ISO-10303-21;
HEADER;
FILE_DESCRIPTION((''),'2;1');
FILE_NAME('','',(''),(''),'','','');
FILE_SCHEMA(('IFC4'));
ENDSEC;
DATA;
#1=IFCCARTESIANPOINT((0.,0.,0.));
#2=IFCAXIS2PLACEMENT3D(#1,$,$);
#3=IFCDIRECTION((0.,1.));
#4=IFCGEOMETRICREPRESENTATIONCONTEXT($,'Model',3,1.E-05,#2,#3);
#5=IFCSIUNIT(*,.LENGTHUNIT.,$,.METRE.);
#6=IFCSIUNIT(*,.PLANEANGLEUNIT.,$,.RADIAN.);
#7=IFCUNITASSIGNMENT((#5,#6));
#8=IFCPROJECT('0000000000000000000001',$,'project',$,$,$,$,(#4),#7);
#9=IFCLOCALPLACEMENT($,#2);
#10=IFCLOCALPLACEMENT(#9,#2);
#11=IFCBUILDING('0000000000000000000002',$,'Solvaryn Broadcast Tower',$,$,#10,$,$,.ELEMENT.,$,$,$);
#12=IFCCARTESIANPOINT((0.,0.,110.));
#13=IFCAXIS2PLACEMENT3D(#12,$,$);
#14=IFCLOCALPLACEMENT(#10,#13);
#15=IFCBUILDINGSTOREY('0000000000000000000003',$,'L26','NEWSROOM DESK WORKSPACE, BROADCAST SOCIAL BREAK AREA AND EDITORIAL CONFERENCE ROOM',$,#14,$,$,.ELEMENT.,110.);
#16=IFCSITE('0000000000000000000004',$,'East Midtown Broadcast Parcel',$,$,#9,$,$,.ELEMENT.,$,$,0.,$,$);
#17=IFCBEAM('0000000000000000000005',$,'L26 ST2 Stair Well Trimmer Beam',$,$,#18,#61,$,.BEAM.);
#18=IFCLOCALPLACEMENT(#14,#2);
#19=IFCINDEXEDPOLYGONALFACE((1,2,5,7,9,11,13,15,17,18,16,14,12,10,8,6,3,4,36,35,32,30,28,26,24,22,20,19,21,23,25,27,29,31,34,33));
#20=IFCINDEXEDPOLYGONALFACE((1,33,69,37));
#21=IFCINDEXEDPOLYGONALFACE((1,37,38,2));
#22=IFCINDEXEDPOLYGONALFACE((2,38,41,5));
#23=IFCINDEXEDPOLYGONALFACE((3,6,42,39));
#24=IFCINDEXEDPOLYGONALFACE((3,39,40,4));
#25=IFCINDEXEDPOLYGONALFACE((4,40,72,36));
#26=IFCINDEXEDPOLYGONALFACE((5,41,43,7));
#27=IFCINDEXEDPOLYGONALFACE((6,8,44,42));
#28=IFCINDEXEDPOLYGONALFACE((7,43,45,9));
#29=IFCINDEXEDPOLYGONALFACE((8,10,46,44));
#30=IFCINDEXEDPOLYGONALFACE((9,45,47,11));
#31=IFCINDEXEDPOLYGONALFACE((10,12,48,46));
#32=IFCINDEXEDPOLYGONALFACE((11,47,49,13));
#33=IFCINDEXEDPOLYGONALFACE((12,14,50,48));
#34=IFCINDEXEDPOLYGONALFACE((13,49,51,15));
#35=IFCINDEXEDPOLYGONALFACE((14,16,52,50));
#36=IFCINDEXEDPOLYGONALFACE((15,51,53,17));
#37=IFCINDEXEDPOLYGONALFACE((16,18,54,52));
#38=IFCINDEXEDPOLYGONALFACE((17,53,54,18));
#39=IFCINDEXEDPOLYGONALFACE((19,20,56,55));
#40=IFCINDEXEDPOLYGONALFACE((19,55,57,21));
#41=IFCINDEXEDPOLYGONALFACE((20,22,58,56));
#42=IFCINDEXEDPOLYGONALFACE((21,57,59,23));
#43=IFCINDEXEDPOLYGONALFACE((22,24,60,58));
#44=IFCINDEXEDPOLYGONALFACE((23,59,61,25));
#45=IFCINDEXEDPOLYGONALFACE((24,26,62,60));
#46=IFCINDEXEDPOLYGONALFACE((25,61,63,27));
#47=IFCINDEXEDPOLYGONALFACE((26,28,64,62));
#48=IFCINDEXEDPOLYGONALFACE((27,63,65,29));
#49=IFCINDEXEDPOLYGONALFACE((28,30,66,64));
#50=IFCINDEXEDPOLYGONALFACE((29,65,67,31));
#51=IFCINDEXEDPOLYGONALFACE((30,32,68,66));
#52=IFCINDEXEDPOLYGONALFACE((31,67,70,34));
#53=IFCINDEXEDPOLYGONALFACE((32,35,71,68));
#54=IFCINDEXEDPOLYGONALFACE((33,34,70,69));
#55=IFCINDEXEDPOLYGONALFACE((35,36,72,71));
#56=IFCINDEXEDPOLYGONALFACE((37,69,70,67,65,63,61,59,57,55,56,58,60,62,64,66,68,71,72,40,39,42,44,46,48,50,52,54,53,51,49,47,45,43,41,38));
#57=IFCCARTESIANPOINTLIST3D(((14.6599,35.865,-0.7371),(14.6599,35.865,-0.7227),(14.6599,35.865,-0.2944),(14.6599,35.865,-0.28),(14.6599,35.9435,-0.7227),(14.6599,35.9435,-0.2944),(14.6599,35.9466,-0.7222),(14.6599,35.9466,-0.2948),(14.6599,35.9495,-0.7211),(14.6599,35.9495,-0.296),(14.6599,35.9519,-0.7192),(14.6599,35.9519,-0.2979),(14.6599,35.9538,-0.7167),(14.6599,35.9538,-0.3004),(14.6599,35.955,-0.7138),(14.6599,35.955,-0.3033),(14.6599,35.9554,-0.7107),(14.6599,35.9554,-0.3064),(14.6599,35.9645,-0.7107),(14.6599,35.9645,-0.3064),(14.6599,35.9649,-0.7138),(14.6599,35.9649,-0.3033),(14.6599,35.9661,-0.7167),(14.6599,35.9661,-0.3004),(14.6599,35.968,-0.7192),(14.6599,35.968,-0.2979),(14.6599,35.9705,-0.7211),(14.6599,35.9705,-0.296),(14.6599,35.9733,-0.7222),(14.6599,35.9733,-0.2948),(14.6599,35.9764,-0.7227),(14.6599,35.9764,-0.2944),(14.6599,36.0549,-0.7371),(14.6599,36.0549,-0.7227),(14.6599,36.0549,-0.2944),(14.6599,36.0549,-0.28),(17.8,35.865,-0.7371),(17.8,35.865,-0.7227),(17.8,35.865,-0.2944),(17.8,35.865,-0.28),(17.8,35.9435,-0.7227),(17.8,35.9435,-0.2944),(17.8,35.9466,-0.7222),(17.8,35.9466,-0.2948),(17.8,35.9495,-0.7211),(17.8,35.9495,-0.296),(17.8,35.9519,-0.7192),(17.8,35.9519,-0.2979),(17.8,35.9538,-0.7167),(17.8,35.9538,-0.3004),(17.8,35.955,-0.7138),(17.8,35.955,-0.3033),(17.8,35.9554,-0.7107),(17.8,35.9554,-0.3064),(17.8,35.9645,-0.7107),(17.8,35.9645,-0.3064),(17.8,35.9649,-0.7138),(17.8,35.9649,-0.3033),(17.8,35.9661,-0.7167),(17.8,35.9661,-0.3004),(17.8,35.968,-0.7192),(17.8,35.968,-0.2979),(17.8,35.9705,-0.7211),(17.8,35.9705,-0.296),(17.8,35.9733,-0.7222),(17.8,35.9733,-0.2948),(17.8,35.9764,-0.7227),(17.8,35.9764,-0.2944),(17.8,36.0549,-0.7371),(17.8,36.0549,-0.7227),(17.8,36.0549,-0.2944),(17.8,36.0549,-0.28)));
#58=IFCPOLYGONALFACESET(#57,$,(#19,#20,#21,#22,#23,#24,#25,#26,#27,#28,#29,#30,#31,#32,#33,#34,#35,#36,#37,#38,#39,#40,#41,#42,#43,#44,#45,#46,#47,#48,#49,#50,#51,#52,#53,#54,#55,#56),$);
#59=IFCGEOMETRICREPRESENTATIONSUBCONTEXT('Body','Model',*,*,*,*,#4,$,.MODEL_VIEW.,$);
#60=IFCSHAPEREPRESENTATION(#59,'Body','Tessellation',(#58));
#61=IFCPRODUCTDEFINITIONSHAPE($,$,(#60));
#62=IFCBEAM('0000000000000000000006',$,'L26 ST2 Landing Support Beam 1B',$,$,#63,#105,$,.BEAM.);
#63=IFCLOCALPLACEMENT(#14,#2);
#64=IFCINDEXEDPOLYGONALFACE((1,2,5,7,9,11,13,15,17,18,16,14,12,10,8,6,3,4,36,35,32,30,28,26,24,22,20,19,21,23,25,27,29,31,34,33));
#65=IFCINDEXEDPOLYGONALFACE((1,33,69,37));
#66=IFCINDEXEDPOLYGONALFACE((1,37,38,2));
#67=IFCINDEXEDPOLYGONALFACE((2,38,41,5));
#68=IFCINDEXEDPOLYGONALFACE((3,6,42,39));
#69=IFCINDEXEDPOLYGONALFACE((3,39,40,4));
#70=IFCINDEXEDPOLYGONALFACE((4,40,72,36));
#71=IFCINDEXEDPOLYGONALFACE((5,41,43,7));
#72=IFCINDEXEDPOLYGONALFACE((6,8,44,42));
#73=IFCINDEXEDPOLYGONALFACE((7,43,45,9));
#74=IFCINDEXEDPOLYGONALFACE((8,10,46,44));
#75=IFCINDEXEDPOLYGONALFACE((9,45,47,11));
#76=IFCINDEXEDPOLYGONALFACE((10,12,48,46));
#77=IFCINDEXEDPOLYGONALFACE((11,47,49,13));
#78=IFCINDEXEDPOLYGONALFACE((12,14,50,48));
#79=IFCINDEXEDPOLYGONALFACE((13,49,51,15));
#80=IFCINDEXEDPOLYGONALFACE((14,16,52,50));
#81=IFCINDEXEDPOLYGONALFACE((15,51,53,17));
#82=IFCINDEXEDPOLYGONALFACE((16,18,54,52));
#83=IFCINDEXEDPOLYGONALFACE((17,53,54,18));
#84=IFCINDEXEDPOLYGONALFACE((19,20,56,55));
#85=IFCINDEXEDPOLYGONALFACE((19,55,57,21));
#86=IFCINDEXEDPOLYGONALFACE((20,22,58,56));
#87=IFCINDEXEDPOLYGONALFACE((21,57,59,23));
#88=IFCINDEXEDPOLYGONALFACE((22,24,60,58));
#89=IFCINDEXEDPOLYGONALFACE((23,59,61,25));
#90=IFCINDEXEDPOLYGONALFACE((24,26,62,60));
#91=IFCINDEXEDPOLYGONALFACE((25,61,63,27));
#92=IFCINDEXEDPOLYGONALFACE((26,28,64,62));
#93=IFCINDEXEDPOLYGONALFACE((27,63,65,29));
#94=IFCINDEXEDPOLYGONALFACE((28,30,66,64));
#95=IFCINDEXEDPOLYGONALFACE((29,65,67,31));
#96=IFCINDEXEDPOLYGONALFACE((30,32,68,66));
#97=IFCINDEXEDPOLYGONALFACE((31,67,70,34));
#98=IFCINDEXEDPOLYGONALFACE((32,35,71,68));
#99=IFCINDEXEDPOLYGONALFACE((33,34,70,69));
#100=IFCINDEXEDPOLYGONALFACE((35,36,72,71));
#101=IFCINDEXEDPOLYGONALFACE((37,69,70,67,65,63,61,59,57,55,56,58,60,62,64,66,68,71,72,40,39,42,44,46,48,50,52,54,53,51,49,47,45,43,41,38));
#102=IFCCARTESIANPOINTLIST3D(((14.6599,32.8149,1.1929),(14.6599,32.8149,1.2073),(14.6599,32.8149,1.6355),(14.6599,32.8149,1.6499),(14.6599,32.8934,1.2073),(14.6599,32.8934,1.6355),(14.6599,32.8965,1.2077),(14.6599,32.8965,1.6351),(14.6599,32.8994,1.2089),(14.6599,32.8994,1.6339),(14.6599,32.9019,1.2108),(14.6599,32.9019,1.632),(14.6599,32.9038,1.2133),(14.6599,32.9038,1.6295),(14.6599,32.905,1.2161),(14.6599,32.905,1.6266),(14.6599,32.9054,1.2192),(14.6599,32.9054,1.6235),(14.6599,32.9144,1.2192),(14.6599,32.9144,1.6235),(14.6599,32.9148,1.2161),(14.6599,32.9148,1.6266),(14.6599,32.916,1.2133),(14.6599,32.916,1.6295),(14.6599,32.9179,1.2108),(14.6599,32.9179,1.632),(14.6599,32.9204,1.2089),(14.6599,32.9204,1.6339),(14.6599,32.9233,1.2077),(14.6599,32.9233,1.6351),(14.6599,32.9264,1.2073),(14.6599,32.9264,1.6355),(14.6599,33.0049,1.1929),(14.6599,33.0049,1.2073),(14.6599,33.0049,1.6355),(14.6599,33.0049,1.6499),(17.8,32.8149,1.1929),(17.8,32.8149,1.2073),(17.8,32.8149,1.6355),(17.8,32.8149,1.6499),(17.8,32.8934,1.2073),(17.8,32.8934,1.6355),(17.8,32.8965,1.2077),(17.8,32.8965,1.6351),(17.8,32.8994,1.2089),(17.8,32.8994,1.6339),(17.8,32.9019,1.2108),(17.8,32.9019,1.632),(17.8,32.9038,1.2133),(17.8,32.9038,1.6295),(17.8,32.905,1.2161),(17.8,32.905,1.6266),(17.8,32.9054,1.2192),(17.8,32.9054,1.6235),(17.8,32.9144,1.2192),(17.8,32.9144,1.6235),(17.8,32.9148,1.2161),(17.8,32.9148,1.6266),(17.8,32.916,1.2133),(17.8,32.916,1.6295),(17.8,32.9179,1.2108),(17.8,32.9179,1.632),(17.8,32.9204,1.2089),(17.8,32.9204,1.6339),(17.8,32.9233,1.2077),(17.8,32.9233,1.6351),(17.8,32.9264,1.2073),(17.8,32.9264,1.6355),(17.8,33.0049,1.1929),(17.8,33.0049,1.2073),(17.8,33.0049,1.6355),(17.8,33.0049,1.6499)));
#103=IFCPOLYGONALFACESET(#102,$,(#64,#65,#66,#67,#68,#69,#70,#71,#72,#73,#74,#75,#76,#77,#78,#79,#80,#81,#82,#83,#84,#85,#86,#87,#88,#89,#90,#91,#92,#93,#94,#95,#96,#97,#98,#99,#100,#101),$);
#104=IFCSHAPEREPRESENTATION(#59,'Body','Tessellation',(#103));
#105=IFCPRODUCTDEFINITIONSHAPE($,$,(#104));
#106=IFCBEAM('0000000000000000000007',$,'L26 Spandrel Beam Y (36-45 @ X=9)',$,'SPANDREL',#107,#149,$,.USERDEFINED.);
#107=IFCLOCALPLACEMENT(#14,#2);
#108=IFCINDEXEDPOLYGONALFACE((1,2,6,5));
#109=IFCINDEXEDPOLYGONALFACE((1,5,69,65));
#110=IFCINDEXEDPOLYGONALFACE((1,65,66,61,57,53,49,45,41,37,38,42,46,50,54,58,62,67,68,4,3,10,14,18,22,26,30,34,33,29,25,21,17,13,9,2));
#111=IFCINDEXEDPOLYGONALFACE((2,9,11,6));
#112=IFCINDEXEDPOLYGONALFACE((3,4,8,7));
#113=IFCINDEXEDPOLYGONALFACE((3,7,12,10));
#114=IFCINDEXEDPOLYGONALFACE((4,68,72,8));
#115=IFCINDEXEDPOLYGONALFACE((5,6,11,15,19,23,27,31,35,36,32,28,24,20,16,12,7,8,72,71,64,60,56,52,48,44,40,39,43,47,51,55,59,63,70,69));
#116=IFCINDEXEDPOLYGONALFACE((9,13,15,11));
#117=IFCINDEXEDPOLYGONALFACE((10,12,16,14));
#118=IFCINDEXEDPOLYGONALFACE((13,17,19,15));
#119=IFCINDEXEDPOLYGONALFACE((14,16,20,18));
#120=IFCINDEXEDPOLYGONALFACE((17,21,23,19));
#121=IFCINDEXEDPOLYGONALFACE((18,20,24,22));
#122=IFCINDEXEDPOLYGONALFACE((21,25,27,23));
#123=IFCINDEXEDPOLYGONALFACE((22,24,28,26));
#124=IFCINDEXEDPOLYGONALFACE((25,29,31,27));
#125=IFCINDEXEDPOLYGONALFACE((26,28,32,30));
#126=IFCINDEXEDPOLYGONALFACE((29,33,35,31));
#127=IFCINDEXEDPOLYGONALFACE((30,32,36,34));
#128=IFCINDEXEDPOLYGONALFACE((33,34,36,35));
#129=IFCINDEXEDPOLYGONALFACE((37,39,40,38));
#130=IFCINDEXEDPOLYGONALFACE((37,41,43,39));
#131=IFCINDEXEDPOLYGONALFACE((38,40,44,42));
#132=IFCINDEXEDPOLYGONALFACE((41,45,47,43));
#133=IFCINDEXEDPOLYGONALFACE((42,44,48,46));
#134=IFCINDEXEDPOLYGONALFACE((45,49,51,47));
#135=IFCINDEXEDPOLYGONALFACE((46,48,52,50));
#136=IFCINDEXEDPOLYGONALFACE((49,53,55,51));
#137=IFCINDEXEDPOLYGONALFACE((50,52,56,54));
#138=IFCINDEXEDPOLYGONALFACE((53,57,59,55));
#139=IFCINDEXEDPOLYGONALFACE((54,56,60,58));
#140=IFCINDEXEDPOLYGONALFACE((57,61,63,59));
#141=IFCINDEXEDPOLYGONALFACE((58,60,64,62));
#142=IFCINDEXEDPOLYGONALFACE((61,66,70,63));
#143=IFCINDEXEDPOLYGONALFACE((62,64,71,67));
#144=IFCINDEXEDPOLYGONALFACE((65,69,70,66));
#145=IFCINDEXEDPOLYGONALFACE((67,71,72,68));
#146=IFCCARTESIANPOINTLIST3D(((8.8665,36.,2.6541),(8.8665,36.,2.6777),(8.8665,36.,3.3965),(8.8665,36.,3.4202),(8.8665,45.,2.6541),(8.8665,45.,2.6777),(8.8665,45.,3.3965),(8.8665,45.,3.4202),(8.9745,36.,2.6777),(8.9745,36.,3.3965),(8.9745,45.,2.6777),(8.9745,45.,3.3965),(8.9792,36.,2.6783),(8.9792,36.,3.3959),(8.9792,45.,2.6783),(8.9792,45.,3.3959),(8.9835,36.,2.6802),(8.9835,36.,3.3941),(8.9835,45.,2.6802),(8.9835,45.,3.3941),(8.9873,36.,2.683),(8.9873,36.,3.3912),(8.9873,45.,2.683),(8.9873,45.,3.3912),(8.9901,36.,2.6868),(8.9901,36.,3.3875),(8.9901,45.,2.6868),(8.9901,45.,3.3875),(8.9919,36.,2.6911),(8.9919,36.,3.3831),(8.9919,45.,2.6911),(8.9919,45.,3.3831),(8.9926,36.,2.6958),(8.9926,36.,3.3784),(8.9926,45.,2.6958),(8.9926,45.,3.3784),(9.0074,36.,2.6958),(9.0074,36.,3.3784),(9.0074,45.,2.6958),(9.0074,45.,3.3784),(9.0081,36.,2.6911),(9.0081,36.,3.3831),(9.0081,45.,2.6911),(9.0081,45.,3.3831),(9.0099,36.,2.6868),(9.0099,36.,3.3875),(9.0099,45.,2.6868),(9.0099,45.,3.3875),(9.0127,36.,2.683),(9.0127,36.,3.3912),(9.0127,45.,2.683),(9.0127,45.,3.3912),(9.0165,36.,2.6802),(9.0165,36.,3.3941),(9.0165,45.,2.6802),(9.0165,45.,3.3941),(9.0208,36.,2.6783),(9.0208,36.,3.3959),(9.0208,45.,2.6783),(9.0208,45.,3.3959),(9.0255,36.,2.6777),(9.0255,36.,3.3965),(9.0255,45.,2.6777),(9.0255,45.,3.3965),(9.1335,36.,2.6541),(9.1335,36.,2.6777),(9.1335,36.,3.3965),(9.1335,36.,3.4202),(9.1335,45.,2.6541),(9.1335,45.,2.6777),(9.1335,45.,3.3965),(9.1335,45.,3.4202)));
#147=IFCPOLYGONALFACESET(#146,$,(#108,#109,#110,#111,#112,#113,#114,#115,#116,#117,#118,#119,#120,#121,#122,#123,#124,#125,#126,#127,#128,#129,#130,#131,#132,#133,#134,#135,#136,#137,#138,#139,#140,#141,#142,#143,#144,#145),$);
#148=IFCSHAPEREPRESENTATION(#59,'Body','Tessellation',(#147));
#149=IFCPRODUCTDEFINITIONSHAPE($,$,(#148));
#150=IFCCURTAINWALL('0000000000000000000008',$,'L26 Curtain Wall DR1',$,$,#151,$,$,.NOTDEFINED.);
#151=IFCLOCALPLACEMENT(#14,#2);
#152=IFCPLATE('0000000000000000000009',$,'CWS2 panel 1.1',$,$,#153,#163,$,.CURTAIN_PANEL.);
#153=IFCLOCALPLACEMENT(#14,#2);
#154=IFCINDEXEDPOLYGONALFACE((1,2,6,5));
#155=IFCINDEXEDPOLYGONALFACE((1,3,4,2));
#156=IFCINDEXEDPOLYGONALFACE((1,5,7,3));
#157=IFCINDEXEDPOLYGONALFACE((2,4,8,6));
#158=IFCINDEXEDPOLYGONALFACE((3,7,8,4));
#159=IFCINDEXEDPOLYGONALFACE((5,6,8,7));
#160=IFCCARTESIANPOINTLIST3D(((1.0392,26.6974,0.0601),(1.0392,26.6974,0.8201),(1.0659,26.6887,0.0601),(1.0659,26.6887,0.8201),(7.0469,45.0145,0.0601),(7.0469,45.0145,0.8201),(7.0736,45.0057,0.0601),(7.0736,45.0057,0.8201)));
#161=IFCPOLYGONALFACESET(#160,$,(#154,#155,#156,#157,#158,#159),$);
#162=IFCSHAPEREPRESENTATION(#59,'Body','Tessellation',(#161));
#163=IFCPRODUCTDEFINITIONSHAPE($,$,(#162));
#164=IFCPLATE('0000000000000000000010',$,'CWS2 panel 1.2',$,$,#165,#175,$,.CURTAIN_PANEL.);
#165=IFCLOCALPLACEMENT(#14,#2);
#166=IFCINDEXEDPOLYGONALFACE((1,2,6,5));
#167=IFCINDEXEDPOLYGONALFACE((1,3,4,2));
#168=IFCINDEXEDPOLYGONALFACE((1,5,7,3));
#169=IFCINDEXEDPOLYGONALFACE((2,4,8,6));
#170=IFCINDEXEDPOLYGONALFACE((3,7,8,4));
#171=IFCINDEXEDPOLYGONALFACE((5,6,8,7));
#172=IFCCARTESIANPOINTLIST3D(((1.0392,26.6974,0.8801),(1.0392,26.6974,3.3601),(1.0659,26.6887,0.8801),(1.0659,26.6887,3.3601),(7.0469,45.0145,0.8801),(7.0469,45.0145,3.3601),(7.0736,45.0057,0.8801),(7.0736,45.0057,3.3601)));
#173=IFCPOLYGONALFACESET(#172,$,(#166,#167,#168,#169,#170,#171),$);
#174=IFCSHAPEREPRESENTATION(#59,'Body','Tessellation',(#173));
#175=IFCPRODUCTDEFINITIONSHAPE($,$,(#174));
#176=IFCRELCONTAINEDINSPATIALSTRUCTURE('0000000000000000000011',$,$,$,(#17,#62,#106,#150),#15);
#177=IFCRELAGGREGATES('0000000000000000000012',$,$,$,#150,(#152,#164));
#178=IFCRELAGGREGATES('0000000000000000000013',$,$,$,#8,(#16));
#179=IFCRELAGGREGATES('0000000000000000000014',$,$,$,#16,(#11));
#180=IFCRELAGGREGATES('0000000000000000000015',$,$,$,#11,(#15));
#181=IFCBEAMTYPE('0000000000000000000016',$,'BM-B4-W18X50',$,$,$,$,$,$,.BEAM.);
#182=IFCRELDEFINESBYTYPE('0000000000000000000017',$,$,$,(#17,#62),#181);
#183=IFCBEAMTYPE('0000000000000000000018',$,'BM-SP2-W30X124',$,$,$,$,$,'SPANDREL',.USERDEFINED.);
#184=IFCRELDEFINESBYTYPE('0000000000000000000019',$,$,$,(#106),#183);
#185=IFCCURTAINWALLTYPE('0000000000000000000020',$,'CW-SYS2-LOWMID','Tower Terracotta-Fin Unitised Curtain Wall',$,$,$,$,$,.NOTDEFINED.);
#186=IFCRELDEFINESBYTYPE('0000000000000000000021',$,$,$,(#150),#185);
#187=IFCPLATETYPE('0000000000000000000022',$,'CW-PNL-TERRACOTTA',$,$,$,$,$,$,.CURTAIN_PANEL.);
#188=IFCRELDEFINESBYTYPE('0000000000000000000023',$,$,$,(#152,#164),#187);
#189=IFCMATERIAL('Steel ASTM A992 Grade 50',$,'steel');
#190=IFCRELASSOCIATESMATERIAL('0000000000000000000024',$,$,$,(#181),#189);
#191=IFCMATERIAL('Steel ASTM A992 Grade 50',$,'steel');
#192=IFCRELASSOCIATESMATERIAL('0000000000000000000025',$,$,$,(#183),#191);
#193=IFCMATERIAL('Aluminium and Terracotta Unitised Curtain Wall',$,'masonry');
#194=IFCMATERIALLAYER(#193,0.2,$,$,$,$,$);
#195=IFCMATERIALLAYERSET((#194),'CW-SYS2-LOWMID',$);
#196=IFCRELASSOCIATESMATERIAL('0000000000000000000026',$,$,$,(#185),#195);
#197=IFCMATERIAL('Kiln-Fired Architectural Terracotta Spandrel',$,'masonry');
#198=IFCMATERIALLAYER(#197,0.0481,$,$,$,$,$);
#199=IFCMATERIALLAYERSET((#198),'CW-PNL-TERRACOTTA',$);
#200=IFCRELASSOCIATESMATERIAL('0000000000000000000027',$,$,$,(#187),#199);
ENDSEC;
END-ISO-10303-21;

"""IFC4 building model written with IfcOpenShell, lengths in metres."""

from ifc_helpers import new_model, si_unit, direction, frame, origin, origin_2d, place, context, subcontext, project, spatial, rectangle, i_section, extrude, material, layer, layer_set, material_profile, profile_set, type_object, element, aggregate, save


model = new_model("IFC4")

# Units and contexts
model_context = context("Model", 3, precision=1e-05, world=origin(), true_north=direction((0.0, 1.0)))
body_context = subcontext(model_context, "Body", "Model", "MODEL_VIEW")
ifc_project = project(units=[si_unit("LENGTHUNIT", "METRE"), si_unit("PLANEANGLEUNIT", "RADIAN")], contexts=[model_context])

# Site, building, storey
site_placement = place(None, origin())
site = spatial("IfcSite", under=ifc_project, at=site_placement, Name="East Midtown Broadcast Parcel", CompositionType="ELEMENT", RefElevation=0.0)
building_placement = place(site_placement, origin())
building = spatial("IfcBuilding", under=site, at=building_placement, Name="Solvaryn Broadcast Tower", CompositionType="ELEMENT")
storey_placement = place(building_placement, frame((0.0, 0.0, 110.0)))
storey = spatial("IfcBuildingStorey", under=building, at=storey_placement, Name="L26", Description="NEWSROOM DESK WORKSPACE, BROADCAST SOCIAL BREAK AREA AND EDITORIAL CONFERENCE ROOM", CompositionType="ELEMENT", Elevation=110.0)

# Beams
ifc_material_1 = material(Name="Steel ASTM A992 Grade 50", Category="steel")
ifc_material_profile_1 = material_profile(ifc_material_1, i_section(OverallWidth=0.1899, OverallDepth=0.457, WebThickness=0.009, FlangeThickness=0.0144, FilletRadius=0.012, at=origin_2d()))
ifc_profile_set_1 = profile_set([ifc_material_profile_1], Name="Steel ASTM A992 Grade 50")
beam_type_1 = type_object("IfcBeamType", Name="BM-B4-W18X50", PredefinedType="BEAM", material=ifc_profile_set_1)
for number, where, z_axis, x_axis, name in (
    (1, (14.6599, 35.96, -0.5085), (1.0, 0.0, 0.0), (0.0, 1.0, 0.0), "L26 ST2 Stair Well Trimmer Beam"),
    (2, (14.6599, 32.9099, 1.4214), (1.0, 0.0, 0.0), (0.0, 1.0, 0.0), "L26 ST2 Landing Support Beam 1B"),
):
    element("IfcBeam", number, at=place(storey_placement, frame(where, z_axis=z_axis, x_axis=x_axis)), inside=storey, type_object=beam_type_1, Name=name, PredefinedType="BEAM", context=body_context, shape_type="SweptSolid", body=[
        extrude(i_section(OverallWidth=0.1899, OverallDepth=0.457, WebThickness=0.009, FlangeThickness=0.0144, FilletRadius=0.012, at=origin_2d()), origin(), (0.0, 0.0, 1.0), 3.1401),
    ])
ifc_material_2 = material(Name="Steel ASTM A992 Grade 50", Category="steel")
ifc_material_profile_2 = material_profile(ifc_material_2, i_section(OverallWidth=0.2671, OverallDepth=0.7661, WebThickness=0.0149, FlangeThickness=0.0237, FilletRadius=0.0181, at=origin_2d()))
ifc_profile_set_2 = profile_set([ifc_material_profile_2], Name="Steel ASTM A992 Grade 50")
beam_type_2 = type_object("IfcBeamType", Name="BM-SP2-W30X124", ElementType="SPANDREL", PredefinedType="USERDEFINED", material=ifc_profile_set_2)
beam_1_placement = place(storey_placement, frame((9.0, 36.0, 3.0371), z_axis=(0.0, 1.0, 0.0), x_axis=(-1.0, 0.0, 0.0)))
element("IfcBeam", 3, at=beam_1_placement, inside=storey, type_object=beam_type_2, Name="L26 Spandrel Beam Y (36-45 @ X=9)", ObjectType="SPANDREL", PredefinedType="USERDEFINED", context=body_context, shape_type="SweptSolid", body=[
    extrude(i_section(OverallWidth=0.2671, OverallDepth=0.7661, WebThickness=0.0149, FlangeThickness=0.0237, FilletRadius=0.0181, at=origin_2d()), origin(), (0.0, 0.0, 1.0), 9.0),
])

# Curtain wall, plates
ifc_material_3 = material(Name="Aluminium and Terracotta Unitised Curtain Wall", Category="masonry")
ifc_layer_1 = layer(ifc_material_3, 0.2)
ifc_layer_set_1 = layer_set([ifc_layer_1], Name="CW-SYS2-LOWMID")
curtain_wall_type = type_object("IfcCurtainWallType", Name="CW-SYS2-LOWMID", Description="Tower Terracotta-Fin Unitised Curtain Wall", PredefinedType="NOTDEFINED", material=ifc_layer_set_1)
curtain_wall_placement = place(storey_placement, origin())
curtain_wall = element("IfcCurtainWall", 4, at=curtain_wall_placement, inside=storey, type_object=curtain_wall_type, Name="L26 Curtain Wall DR1", PredefinedType="NOTDEFINED")
ifc_material_4 = material(Name="Kiln-Fired Architectural Terracotta Spandrel", Category="masonry")
ifc_layer_2 = layer(ifc_material_4, 0.0481)
ifc_layer_set_2 = layer_set([ifc_layer_2], Name="CW-PNL-TERRACOTTA")
plate_type = type_object("IfcPlateType", Name="CW-PNL-TERRACOTTA", PredefinedType="CURTAIN_PANEL", material=ifc_layer_set_2)
plate_1_placement = place(storey_placement, frame((4.0564, 35.8516, 0.0601), z_axis=(0.0, 0.0, 1.0), x_axis=(-0.311646, -0.950198, 0.0)))
plate_1 = element("IfcPlate", 5, at=plate_1_placement, type_object=plate_type, Name="CWS2 panel 1.1", PredefinedType="CURTAIN_PANEL", context=body_context, shape_type="SweptSolid", body=[
    extrude(rectangle(XDim=19.2771, YDim=0.0281, at=origin_2d()), origin(), (0.0, 0.0, 1.0), 0.76),
])
plate_2_placement = place(storey_placement, frame((4.0564, 35.8516, 0.8801), z_axis=(0.0, 0.0, 1.0), x_axis=(-0.311646, -0.950198, 0.0)))
plate_2 = element("IfcPlate", 6, at=plate_2_placement, type_object=plate_type, Name="CWS2 panel 1.2", PredefinedType="CURTAIN_PANEL", context=body_context, shape_type="SweptSolid", body=[
    extrude(rectangle(XDim=19.2771, YDim=0.0281, at=origin_2d()), origin(), (0.0, 0.0, 1.0), 2.48),
])
aggregate(curtain_wall, [plate_1, plate_2])

save(model, "model.ifc")
